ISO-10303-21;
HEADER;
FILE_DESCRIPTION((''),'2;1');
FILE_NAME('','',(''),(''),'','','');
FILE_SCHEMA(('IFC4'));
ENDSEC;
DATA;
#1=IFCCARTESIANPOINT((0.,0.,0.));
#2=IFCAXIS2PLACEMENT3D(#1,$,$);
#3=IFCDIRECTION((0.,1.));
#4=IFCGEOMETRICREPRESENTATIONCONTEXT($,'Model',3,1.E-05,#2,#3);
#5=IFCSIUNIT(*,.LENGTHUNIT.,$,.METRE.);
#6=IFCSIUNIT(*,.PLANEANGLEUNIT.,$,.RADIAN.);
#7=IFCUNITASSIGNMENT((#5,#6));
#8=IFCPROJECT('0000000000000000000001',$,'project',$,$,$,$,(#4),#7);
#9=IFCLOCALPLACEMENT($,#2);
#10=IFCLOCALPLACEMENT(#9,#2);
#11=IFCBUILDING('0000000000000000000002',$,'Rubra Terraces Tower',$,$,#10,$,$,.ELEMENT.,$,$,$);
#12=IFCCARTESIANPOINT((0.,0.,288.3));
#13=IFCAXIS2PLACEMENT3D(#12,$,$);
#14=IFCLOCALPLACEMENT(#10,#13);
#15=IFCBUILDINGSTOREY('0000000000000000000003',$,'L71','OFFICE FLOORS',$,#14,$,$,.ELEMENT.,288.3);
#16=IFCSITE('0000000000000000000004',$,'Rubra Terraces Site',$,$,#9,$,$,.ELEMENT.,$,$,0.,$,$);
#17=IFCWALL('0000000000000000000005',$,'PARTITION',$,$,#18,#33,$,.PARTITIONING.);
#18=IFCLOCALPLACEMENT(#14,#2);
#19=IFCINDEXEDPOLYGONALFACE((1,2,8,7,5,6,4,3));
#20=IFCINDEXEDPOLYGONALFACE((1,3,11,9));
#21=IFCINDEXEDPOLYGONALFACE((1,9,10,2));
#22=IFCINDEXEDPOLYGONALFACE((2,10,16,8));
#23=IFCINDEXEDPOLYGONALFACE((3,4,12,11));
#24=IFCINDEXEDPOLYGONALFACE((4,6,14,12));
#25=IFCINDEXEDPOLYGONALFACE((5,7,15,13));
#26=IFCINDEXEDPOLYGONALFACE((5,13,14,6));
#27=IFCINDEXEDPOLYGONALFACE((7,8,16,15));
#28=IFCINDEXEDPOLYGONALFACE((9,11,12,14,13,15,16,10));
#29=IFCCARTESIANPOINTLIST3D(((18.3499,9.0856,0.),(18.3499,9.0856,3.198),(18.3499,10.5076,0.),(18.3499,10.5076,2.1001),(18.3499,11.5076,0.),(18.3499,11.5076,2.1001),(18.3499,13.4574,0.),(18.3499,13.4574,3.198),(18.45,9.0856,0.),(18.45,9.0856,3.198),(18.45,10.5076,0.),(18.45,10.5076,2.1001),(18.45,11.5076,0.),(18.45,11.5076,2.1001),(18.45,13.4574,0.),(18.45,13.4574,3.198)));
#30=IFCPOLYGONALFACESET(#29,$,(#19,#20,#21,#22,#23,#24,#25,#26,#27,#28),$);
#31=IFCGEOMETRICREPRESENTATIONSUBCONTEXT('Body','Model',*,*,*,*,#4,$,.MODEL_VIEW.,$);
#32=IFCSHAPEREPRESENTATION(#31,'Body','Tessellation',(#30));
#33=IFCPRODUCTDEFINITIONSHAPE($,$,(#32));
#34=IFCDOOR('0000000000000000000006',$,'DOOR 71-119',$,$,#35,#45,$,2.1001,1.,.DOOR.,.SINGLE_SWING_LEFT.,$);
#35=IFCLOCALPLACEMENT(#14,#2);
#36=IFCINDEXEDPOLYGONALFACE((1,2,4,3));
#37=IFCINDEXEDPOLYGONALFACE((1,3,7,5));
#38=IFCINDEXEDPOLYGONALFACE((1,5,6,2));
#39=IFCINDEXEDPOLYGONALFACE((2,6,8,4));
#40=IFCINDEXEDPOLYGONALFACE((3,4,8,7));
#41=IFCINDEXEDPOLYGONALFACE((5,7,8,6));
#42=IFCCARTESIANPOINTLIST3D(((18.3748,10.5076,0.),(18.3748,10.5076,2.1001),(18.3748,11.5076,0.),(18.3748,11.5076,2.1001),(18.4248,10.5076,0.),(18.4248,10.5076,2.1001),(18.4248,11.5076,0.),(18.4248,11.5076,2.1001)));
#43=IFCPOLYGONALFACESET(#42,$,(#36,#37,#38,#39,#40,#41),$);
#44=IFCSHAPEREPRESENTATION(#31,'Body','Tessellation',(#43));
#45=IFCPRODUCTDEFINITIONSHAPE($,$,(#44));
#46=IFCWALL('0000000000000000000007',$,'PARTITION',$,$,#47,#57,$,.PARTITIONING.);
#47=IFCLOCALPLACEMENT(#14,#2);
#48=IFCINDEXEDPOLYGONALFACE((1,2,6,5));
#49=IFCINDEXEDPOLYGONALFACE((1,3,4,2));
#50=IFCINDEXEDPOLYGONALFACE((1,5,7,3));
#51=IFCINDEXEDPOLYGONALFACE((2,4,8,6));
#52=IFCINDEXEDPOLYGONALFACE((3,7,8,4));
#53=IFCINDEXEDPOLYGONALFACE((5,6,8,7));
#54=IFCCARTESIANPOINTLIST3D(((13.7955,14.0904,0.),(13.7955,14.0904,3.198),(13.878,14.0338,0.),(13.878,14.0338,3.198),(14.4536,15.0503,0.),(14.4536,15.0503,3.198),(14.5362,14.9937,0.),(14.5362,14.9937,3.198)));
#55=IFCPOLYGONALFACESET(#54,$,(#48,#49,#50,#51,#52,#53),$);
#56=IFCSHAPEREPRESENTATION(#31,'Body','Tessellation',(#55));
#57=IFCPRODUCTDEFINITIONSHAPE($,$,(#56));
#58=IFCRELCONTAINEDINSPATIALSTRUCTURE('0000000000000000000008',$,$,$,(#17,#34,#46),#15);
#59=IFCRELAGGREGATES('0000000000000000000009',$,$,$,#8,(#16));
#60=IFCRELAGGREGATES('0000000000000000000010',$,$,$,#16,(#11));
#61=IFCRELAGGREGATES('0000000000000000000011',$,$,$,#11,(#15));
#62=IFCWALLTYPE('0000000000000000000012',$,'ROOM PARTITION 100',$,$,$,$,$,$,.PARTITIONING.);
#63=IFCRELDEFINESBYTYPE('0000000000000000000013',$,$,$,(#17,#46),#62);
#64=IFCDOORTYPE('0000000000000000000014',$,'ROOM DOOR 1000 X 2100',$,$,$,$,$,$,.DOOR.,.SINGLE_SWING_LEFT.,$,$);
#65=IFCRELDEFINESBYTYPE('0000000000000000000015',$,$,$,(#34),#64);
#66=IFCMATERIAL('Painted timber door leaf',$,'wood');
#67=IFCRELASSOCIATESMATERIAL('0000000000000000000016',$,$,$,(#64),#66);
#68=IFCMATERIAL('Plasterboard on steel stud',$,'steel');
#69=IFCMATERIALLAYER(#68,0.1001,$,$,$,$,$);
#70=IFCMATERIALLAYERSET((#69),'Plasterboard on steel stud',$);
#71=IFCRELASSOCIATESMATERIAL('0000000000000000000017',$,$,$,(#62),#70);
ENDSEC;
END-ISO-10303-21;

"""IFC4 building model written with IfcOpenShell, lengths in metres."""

from ifc_helpers import new_model, si_unit, direction, frame, frame_2d, origin, place, context, subcontext, project, spatial, rectangle, extrude, material, layer, layer_set, type_object, element, fill, save


model = new_model("IFC4")

# Units and contexts
model_context = context("Model", 3, precision=1e-05, world=origin(), true_north=direction((0.0, 1.0)))
body_context = subcontext(model_context, "Body", "Model", "MODEL_VIEW")
ifc_project = project(units=[si_unit("LENGTHUNIT", "METRE"), si_unit("PLANEANGLEUNIT", "RADIAN")], contexts=[model_context])

# Site, building, storey
site_placement = place(None, origin())
site = spatial("IfcSite", under=ifc_project, at=site_placement, Name="Rubra Terraces Site", CompositionType="ELEMENT", RefElevation=0.0)
building_placement = place(site_placement, origin())
building = spatial("IfcBuilding", under=site, at=building_placement, Name="Rubra Terraces Tower", CompositionType="ELEMENT")
storey_placement = place(building_placement, frame((0.0, 0.0, 288.3)))
storey = spatial("IfcBuildingStorey", under=building, at=storey_placement, Name="L71", Description="OFFICE FLOORS", CompositionType="ELEMENT", Elevation=288.3)

# Shared definitions
ifc_material_1 = material(Name="Painted timber door leaf", Category="wood")
door_type_1 = type_object("IfcDoorType", Name="ROOM DOOR 1000 X 2100", OperationType="SINGLE_SWING_LEFT", PredefinedType="DOOR", material=ifc_material_1)

# Wall, opening, door
ifc_material_2 = material(Name="Plasterboard on steel stud", Category="steel")
ifc_layer_1 = layer(ifc_material_2, 0.1001)
ifc_layer_set_1 = layer_set([ifc_layer_1], Name="Plasterboard on steel stud")
wall_type_1 = type_object("IfcWallType", Name="ROOM PARTITION 100", PredefinedType="PARTITIONING", material=ifc_layer_set_1)
wall_1_placement = place(storey_placement, frame((18.3999, 13.4575, 0.0), z_axis=(0.0, 0.0, 1.0), x_axis=(0.0, -1.0, 0.0)))
wall_1 = element("IfcWall", 1, at=wall_1_placement, inside=storey, type_object=wall_type_1, Name="PARTITION", PredefinedType="PARTITIONING", context=body_context, shape_type="SweptSolid", body=[
    extrude(rectangle(XDim=4.3718, YDim=0.1001, at=frame_2d((2.186, 0.0))), origin(), (0.0, 0.0, 1.0), 3.198),
])
opening_1_placement = place(wall_1_placement, frame((1.95, 0.0, 0.0)))
opening_1 = element("IfcOpeningElement", 2, at=opening_1_placement, cuts=wall_1, PredefinedType="OPENING", context=body_context, shape_type="SweptSolid", body=[
    extrude(rectangle(XDim=1.0, YDim=2.1001, at=frame_2d((0.5, 1.05))), frame((0.0, 0.0601, 0.0), z_axis=(0.0, -1.0, 0.0), x_axis=(1.0, 0.0, 0.0)), (0.0, 0.0, 1.0), 0.1201),
])
door_1_placement = place(opening_1_placement, origin())
door_1 = element("IfcDoor", 3, at=door_1_placement, inside=storey, type_object=door_type_1, Name="DOOR 71-119", OperationType="SINGLE_SWING_LEFT", OverallHeight=2.1001, OverallWidth=1.0, PredefinedType="DOOR", context=body_context, shape_type="SweptSolid", body=[
    extrude(rectangle(XDim=1.0, YDim=2.1001, at=frame_2d((0.5, 1.05))), frame((0.0, 0.0249, 0.0), z_axis=(0.0, -1.0, 0.0), x_axis=(1.0, 0.0, 0.0)), (0.0, 0.0, 1.0), 0.05),
])
fill(opening_1, door_1)

# Wall
wall_2_placement = place(storey_placement, frame((13.8367, 14.062, 0.0), z_axis=(0.0, 0.0, 1.0), x_axis=(0.565496, 0.824751, 0.0)))
element("IfcWall", 4, at=wall_2_placement, inside=storey, type_object=wall_type_1, Name="PARTITION", PredefinedType="PARTITIONING", context=body_context, shape_type="SweptSolid", body=[
    extrude(rectangle(XDim=1.1638, YDim=0.1001, at=frame_2d((0.582, 0.0))), origin(), (0.0, 0.0, 1.0), 3.198),
])

save(model, "model.ifc")
